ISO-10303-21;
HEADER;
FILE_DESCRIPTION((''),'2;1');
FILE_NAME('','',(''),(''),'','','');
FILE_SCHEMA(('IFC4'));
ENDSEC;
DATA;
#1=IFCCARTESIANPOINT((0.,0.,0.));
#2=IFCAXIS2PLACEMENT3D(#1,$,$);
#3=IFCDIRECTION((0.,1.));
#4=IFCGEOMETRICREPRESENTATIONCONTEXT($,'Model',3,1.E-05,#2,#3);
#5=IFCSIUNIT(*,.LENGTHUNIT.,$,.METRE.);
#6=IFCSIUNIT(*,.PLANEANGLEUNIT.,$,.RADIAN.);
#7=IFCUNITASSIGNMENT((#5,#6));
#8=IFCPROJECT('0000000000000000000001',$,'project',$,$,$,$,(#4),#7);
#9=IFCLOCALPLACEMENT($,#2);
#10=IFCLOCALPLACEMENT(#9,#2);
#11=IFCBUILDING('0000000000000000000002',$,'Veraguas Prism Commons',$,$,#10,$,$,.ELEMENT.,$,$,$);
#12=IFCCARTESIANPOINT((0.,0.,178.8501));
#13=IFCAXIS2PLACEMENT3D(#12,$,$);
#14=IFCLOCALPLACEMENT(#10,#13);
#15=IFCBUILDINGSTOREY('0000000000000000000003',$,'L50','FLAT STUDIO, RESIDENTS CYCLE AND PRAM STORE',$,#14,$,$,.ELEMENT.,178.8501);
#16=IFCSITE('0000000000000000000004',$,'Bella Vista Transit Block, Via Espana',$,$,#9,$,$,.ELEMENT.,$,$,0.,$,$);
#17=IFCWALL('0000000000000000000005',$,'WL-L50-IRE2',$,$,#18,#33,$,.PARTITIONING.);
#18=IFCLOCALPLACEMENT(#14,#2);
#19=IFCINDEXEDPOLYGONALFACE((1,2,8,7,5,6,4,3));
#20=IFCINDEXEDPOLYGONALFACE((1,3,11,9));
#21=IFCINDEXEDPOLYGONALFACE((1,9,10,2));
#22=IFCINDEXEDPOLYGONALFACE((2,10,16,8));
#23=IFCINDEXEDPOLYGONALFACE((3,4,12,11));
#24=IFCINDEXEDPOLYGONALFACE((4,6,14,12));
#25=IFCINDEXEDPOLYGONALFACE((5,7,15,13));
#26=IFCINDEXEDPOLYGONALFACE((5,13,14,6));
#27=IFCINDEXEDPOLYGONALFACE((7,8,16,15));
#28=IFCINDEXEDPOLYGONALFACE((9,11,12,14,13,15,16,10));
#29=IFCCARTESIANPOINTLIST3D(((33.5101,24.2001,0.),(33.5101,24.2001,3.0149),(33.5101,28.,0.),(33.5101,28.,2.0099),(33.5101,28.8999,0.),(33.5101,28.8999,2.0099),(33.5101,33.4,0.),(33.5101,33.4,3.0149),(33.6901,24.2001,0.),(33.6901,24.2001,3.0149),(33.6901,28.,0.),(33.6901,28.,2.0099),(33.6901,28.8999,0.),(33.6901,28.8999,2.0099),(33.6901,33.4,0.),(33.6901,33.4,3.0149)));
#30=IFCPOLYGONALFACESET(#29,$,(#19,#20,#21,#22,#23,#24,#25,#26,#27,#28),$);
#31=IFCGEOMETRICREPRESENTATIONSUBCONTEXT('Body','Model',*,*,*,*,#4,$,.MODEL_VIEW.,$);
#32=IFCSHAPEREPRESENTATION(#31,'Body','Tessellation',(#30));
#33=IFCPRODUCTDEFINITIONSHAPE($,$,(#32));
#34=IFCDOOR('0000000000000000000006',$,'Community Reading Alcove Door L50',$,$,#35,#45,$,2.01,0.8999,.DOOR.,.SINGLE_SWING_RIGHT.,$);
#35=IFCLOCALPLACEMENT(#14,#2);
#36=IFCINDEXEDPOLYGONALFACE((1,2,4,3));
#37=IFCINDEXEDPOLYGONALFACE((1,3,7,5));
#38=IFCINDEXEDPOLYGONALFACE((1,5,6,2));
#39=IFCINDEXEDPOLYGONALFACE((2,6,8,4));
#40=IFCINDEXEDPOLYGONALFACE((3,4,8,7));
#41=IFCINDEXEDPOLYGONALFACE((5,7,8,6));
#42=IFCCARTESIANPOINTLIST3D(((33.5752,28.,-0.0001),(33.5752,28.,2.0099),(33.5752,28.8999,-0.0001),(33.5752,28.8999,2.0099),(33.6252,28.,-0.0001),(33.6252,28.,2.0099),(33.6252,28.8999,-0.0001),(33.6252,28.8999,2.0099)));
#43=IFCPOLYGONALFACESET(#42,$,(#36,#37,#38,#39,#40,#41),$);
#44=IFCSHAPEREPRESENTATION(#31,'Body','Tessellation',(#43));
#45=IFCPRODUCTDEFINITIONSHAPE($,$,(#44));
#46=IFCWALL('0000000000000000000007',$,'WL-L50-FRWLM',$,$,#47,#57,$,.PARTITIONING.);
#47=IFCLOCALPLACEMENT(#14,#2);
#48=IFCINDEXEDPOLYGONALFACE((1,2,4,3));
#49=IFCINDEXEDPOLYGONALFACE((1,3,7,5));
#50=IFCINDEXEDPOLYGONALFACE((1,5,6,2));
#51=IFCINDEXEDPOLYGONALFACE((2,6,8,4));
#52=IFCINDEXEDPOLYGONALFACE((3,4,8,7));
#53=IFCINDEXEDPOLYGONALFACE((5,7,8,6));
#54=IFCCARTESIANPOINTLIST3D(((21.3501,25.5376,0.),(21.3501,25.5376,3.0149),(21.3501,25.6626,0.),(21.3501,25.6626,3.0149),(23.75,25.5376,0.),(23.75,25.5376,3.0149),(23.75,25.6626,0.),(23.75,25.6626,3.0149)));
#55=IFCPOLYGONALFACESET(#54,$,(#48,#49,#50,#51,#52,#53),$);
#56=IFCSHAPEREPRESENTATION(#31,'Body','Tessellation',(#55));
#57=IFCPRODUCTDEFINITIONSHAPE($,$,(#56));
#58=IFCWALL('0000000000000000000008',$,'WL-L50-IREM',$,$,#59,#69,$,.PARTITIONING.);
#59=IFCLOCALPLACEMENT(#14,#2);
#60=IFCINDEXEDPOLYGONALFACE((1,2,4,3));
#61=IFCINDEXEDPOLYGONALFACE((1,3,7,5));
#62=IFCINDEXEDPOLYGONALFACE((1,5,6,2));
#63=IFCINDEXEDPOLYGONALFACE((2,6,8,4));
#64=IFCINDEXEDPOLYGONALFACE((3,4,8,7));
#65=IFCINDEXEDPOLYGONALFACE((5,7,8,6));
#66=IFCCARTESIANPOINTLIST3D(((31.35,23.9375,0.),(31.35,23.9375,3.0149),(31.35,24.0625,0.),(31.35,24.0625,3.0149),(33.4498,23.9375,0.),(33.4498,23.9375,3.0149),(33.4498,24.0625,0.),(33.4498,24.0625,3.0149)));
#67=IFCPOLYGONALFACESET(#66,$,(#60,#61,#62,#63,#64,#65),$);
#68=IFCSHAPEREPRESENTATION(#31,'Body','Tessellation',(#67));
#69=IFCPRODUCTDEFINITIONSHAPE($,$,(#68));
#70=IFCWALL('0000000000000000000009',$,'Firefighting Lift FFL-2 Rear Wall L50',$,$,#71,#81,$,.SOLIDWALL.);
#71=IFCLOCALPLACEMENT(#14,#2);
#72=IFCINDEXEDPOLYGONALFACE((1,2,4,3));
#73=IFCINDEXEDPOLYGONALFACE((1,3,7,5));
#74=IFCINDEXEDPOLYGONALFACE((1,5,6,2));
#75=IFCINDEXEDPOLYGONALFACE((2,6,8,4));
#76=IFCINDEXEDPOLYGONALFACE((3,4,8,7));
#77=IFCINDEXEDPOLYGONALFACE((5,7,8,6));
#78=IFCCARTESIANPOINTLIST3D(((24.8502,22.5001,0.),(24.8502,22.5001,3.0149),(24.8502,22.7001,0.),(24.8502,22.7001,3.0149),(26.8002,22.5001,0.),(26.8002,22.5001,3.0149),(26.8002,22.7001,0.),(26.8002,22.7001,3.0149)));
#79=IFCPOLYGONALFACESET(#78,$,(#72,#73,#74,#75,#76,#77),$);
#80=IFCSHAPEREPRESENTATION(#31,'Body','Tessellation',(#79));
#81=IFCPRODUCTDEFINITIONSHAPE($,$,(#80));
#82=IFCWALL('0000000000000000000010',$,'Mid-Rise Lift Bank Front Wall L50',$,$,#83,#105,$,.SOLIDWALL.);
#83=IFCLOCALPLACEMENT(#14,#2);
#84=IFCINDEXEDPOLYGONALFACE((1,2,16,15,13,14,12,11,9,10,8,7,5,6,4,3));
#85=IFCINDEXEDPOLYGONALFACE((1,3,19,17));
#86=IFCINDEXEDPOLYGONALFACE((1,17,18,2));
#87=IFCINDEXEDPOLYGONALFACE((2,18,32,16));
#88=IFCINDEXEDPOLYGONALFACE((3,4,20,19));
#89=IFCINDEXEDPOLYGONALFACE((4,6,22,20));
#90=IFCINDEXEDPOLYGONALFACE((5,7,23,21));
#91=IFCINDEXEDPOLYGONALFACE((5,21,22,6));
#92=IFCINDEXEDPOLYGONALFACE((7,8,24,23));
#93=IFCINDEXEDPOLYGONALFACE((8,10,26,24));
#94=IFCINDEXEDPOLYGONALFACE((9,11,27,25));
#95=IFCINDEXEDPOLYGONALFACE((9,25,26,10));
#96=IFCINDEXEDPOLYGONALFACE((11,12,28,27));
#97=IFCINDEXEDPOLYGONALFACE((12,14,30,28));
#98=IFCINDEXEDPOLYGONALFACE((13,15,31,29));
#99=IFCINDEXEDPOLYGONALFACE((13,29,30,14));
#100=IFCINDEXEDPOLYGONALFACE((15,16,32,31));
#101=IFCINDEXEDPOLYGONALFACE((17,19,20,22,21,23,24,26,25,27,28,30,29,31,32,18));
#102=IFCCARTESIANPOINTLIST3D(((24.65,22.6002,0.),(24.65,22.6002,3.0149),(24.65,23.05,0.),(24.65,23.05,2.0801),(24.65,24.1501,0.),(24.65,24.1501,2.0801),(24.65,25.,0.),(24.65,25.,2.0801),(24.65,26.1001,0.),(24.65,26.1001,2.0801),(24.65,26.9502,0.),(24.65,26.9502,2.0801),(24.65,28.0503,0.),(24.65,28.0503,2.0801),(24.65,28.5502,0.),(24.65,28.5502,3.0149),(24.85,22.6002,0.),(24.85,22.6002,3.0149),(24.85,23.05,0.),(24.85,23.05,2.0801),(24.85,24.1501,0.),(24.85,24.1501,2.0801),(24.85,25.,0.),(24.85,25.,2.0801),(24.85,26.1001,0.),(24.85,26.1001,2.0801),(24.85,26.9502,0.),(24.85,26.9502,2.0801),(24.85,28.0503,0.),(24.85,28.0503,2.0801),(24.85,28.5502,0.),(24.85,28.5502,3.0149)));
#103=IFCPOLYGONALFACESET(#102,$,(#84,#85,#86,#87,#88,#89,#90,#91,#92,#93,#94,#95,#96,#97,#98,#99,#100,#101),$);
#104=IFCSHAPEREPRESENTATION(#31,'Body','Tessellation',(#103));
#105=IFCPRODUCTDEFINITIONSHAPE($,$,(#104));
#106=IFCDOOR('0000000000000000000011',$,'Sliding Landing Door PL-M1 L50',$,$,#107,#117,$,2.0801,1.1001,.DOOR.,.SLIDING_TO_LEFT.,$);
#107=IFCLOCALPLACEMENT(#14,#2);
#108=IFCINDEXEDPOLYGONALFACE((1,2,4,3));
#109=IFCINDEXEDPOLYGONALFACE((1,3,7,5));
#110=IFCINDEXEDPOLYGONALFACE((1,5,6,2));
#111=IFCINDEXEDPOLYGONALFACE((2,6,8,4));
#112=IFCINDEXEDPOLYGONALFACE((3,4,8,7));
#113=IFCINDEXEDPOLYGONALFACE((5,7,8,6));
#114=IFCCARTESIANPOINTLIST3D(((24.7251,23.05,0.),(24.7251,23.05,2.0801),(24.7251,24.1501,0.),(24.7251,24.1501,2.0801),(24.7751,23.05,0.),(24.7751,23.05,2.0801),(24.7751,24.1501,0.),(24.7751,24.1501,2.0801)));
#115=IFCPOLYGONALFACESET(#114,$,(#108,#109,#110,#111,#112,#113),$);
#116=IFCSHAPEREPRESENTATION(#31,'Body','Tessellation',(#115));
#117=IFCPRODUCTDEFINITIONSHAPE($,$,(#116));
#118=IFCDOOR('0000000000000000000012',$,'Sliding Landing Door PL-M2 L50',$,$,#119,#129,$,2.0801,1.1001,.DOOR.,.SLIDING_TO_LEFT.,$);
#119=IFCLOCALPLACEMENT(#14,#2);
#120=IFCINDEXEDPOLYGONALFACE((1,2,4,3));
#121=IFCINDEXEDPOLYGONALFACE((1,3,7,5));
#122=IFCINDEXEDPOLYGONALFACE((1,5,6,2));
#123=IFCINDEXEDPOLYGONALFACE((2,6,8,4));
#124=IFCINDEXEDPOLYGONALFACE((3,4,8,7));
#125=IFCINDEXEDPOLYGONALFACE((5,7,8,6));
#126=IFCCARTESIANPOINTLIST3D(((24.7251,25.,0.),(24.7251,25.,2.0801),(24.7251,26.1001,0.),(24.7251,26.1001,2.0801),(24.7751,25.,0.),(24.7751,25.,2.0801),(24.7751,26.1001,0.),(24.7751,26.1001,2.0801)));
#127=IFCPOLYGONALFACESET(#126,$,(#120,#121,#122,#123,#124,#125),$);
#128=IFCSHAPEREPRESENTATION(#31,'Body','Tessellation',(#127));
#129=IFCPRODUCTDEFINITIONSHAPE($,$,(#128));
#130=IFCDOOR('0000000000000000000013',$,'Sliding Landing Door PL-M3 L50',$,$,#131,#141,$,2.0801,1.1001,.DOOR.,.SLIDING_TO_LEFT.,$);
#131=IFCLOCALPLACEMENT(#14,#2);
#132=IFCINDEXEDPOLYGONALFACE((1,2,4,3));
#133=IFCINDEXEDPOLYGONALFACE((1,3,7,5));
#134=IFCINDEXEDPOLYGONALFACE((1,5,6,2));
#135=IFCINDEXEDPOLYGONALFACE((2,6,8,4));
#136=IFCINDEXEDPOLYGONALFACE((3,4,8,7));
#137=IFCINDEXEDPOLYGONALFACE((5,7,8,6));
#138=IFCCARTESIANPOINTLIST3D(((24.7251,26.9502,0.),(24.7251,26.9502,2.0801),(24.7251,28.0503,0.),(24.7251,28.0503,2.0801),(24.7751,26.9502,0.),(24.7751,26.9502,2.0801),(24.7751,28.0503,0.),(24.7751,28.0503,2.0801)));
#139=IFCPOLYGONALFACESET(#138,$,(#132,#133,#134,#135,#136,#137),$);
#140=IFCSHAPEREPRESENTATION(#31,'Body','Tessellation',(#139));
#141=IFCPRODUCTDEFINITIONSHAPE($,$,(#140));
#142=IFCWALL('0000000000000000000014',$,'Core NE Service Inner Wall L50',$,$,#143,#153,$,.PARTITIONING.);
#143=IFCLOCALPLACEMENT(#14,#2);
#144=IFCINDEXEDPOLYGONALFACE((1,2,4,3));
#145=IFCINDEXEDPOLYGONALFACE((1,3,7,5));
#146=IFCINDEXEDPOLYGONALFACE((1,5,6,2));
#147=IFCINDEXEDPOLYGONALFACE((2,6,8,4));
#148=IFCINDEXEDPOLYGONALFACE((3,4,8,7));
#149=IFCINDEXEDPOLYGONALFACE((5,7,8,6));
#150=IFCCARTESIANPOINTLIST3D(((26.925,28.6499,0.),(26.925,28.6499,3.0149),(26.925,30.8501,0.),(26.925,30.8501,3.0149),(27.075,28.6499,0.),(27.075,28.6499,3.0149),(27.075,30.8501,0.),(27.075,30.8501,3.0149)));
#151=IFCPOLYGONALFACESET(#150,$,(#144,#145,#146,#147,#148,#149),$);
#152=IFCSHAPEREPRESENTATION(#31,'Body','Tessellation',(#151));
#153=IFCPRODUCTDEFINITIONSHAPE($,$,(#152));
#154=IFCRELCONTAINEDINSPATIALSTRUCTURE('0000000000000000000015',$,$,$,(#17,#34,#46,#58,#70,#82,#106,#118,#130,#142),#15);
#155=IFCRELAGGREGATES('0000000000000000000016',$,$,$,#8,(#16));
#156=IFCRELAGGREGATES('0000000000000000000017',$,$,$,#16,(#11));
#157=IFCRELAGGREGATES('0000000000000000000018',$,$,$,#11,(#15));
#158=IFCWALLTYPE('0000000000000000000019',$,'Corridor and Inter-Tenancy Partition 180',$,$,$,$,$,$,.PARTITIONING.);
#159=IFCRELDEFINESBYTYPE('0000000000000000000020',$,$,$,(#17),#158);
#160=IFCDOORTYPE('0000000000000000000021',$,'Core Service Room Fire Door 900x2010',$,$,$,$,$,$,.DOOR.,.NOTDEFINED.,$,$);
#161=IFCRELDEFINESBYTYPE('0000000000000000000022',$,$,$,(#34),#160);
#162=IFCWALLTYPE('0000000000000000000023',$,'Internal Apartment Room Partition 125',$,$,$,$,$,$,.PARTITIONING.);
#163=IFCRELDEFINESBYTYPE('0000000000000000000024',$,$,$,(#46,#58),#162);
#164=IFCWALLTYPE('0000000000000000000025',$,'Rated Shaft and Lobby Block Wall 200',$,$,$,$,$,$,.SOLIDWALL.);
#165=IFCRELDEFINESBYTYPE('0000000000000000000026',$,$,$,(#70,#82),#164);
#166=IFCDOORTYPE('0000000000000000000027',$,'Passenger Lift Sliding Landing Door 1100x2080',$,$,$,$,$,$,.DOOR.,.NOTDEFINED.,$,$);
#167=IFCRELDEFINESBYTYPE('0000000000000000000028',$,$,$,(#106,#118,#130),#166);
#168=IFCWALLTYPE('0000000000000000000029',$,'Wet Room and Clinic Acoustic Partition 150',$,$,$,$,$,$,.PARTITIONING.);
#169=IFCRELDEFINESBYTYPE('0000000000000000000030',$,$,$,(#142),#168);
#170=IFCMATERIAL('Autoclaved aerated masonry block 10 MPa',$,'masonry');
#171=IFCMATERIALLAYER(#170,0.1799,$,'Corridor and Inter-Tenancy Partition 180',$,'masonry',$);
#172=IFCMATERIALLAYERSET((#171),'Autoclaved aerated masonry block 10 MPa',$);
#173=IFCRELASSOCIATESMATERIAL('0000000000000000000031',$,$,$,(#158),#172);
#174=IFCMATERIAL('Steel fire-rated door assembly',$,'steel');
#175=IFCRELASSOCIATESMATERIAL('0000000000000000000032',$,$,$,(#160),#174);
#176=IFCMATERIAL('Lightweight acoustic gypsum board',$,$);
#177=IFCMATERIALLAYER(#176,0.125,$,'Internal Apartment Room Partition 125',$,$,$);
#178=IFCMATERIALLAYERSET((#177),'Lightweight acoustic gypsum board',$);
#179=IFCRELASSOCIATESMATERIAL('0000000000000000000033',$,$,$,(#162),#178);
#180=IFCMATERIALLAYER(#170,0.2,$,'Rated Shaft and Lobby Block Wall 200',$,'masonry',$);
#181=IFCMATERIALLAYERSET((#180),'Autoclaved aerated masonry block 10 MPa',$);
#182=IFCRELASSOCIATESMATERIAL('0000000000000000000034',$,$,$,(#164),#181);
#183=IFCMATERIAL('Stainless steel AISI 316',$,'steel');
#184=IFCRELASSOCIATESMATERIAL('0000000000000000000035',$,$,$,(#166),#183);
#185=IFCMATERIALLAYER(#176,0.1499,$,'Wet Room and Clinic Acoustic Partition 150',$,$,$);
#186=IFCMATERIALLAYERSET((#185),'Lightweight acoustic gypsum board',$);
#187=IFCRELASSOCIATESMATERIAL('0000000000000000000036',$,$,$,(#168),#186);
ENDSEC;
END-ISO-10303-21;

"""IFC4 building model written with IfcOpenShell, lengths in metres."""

from ifc_helpers import new_model, si_unit, direction, frame, frame_2d, origin, place, context, subcontext, project, spatial, rectangle, extrude, source, transform, mapped, material, layer, layer_set, type_object, element, fill, save


model = new_model("IFC4")

# Units and contexts
model_context = context("Model", 3, precision=1e-05, world=origin(), true_north=direction((0.0, 1.0)))
body_context = subcontext(model_context, "Body", "Model", "MODEL_VIEW")
ifc_project = project(units=[si_unit("LENGTHUNIT", "METRE"), si_unit("PLANEANGLEUNIT", "RADIAN")], contexts=[model_context])

# Site, building, storey
site_placement = place(None, origin())
site = spatial("IfcSite", under=ifc_project, at=site_placement, Name="Bella Vista Transit Block, Via Espana", CompositionType="ELEMENT", RefElevation=0.0)
building_placement = place(site_placement, origin())
building = spatial("IfcBuilding", under=site, at=building_placement, Name="Veraguas Prism Commons", CompositionType="ELEMENT")
storey_placement = place(building_placement, frame((0.0, 0.0, 178.8501)))
storey = spatial("IfcBuildingStorey", under=building, at=storey_placement, Name="L50", Description="FLAT STUDIO, RESIDENTS CYCLE AND PRAM STORE", CompositionType="ELEMENT", Elevation=178.8501)

# Wall, opening, door
ifc_material_1 = material(Name="Steel fire-rated door assembly", Category="steel")
ifc_material_2 = material(Name="Autoclaved aerated masonry block 10 MPa", Category="masonry")
ifc_layer_1 = layer(ifc_material_2, 0.1799, Name="Corridor and Inter-Tenancy Partition 180", Category="masonry")
ifc_layer_set_1 = layer_set([ifc_layer_1], Name="Autoclaved aerated masonry block 10 MPa")
wall_type_1 = type_object("IfcWallType", Name="Corridor and Inter-Tenancy Partition 180", PredefinedType="PARTITIONING", material=ifc_layer_set_1)
door_type_1 = type_object("IfcDoorType", Name="Core Service Room Fire Door 900x2010", OperationType="NOTDEFINED", PredefinedType="DOOR", material=ifc_material_1)
shared_shape_1 = source(origin(), body_context, "Body", "SweptSolid", [
    extrude(rectangle(XDim=0.8999, YDim=2.01, at=frame_2d((0.45, 1.0049))), frame((0.0, 0.0249, 0.0), z_axis=(0.0, -1.0, 0.0), x_axis=(1.0, 0.0, 0.0)), (0.0, 0.0, 1.0), 0.05),
])
wall_1_placement = place(storey_placement, frame((33.6001, 24.2, 0.0), z_axis=(0.0, 0.0, 1.0), x_axis=(0.0, 1.0, 0.0)))
wall_1 = element("IfcWall", 1, at=wall_1_placement, inside=storey, type_object=wall_type_1, Name="WL-L50-IRE2", PredefinedType="PARTITIONING", context=body_context, shape_type="SweptSolid", body=[
    extrude(rectangle(XDim=9.2, YDim=0.1799, at=frame_2d((4.6001, 0.0))), origin(), (0.0, 0.0, 1.0), 3.0149),
])
opening_1_placement = place(wall_1_placement, frame((3.8, 0.0, 0.0)))
opening_1 = element("IfcOpeningElement", 2, at=opening_1_placement, cuts=wall_1, PredefinedType="OPENING", context=body_context, shape_type="SweptSolid", body=[
    extrude(rectangle(XDim=0.8999, YDim=2.01, at=frame_2d((0.45, 1.0049))), frame((0.0, 0.0999, 0.0), z_axis=(0.0, -1.0, 0.0), x_axis=(1.0, 0.0, 0.0)), (0.0, 0.0, 1.0), 0.2),
])
door_1_placement = place(opening_1_placement, origin())
door_1 = element("IfcDoor", 3, at=door_1_placement, inside=storey, type_object=door_type_1, Name="Community Reading Alcove Door L50", OperationType="SINGLE_SWING_RIGHT", OverallHeight=2.01, OverallWidth=0.8999, PredefinedType="DOOR", context=body_context, shape_type="MappedRepresentation", body=[
    mapped(shared_shape_1, transform((0.0, 0.0, 0.0), scale=1.0)),
])
fill(opening_1, door_1)

# Walls
ifc_material_3 = material(Name="Lightweight acoustic gypsum board")
ifc_layer_2 = layer(ifc_material_3, 0.125, Name="Internal Apartment Room Partition 125")
ifc_layer_set_2 = layer_set([ifc_layer_2], Name="Lightweight acoustic gypsum board")
wall_type_2 = type_object("IfcWallType", Name="Internal Apartment Room Partition 125", PredefinedType="PARTITIONING", material=ifc_layer_set_2)
wall_2_placement = place(storey_placement, frame((21.3501, 25.6001, 0.0), z_axis=(0.0, 0.0, 1.0), x_axis=(1.0, 0.0, 0.0)))
element("IfcWall", 4, at=wall_2_placement, inside=storey, type_object=wall_type_2, Name="WL-L50-FRWLM", PredefinedType="PARTITIONING", context=body_context, shape_type="SweptSolid", body=[
    extrude(rectangle(XDim=2.3999, YDim=0.125, at=frame_2d((1.2, 0.0))), origin(), (0.0, 0.0, 1.0), 3.0149),
])
wall_3_placement = place(storey_placement, frame((31.3501, 24.0, 0.0), z_axis=(0.0, 0.0, 1.0), x_axis=(1.0, 0.0, 0.0)))
element("IfcWall", 5, at=wall_3_placement, inside=storey, type_object=wall_type_2, Name="WL-L50-IREM", PredefinedType="PARTITIONING", context=body_context, shape_type="SweptSolid", body=[
    extrude(rectangle(XDim=2.0999, YDim=0.125, at=frame_2d((1.0498, 0.0))), origin(), (0.0, 0.0, 1.0), 3.0149),
])
ifc_layer_3 = layer(ifc_material_2, 0.2, Name="Rated Shaft and Lobby Block Wall 200", Category="masonry")
ifc_layer_set_3 = layer_set([ifc_layer_3], Name="Autoclaved aerated masonry block 10 MPa")
wall_type_3 = type_object("IfcWallType", Name="Rated Shaft and Lobby Block Wall 200", PredefinedType="SOLIDWALL", material=ifc_layer_set_3)
wall_4_placement = place(storey_placement, frame((24.8501, 22.6001, 0.0), z_axis=(0.0, 0.0, 1.0), x_axis=(1.0, 0.0, 0.0)))
element("IfcWall", 6, at=wall_4_placement, inside=storey, type_object=wall_type_3, Name="Firefighting Lift FFL-2 Rear Wall L50", PredefinedType="SOLIDWALL", context=body_context, shape_type="SweptSolid", body=[
    extrude(rectangle(XDim=1.95, YDim=0.2, at=frame_2d((0.9751, 0.0))), origin(), (0.0, 0.0, 1.0), 3.0149),
])

# Wall, openings, doors
wall_5_placement = place(storey_placement, frame((24.75, 22.6001, 0.0), z_axis=(0.0, 0.0, 1.0), x_axis=(0.0, 1.0, 0.0)))
wall_5 = element("IfcWall", 7, at=wall_5_placement, inside=storey, type_object=wall_type_3, Name="Mid-Rise Lift Bank Front Wall L50", PredefinedType="SOLIDWALL", context=body_context, shape_type="SweptSolid", body=[
    extrude(rectangle(XDim=5.95, YDim=0.2, at=frame_2d((2.9751, 0.0))), origin(), (0.0, 0.0, 1.0), 3.0149),
])
opening_2_placement = place(wall_5_placement, frame((0.45, 0.0, 0.0)))
opening_2 = element("IfcOpeningElement", 8, at=opening_2_placement, cuts=wall_5, PredefinedType="OPENING", context=body_context, shape_type="SweptSolid", body=[
    extrude(rectangle(XDim=1.1001, YDim=2.0801, at=frame_2d((0.55, 1.04))), frame((0.0, 0.1099, 0.0), z_axis=(0.0, -1.0, 0.0), x_axis=(1.0, 0.0, 0.0)), (0.0, 0.0, 1.0), 0.22),
])
opening_3_placement = place(wall_5_placement, frame((2.3999, 0.0, 0.0)))
opening_3 = element("IfcOpeningElement", 9, at=opening_3_placement, cuts=wall_5, PredefinedType="OPENING", context=body_context, shape_type="SweptSolid", body=[
    extrude(rectangle(XDim=1.1001, YDim=2.0801, at=frame_2d((0.55, 1.04))), frame((0.0, 0.1099, 0.0), z_axis=(0.0, -1.0, 0.0), x_axis=(1.0, 0.0, 0.0)), (0.0, 0.0, 1.0), 0.22),
])
opening_4_placement = place(wall_5_placement, frame((4.3501, 0.0, 0.0)))
opening_4 = element("IfcOpeningElement", 10, at=opening_4_placement, cuts=wall_5, PredefinedType="OPENING", context=body_context, shape_type="SweptSolid", body=[
    extrude(rectangle(XDim=1.1001, YDim=2.0801, at=frame_2d((0.55, 1.04))), frame((0.0, 0.1099, 0.0), z_axis=(0.0, -1.0, 0.0), x_axis=(1.0, 0.0, 0.0)), (0.0, 0.0, 1.0), 0.22),
])
ifc_material_4 = material(Name="Stainless steel AISI 316", Category="steel")
door_type_2 = type_object("IfcDoorType", Name="Passenger Lift Sliding Landing Door 1100x2080", OperationType="NOTDEFINED", PredefinedType="DOOR", material=ifc_material_4)
shared_shape_2 = source(origin(), body_context, "Body", "SweptSolid", [
    extrude(rectangle(XDim=1.1001, YDim=2.0801, at=frame_2d((0.55, 1.04))), frame((0.0, 0.0249, 0.0), z_axis=(0.0, -1.0, 0.0), x_axis=(1.0, 0.0, 0.0)), (0.0, 0.0, 1.0), 0.05),
])
door_2_placement = place(opening_2_placement, origin())
door_2 = element("IfcDoor", 11, at=door_2_placement, inside=storey, type_object=door_type_2, Name="Sliding Landing Door PL-M1 L50", OperationType="SLIDING_TO_LEFT", OverallHeight=2.0801, OverallWidth=1.1001, PredefinedType="DOOR", context=body_context, shape_type="MappedRepresentation", body=[
    mapped(shared_shape_2, transform((0.0, 0.0, 0.0), scale=1.0)),
])
fill(opening_2, door_2)
door_3_placement = place(opening_3_placement, origin())
door_3 = element("IfcDoor", 12, at=door_3_placement, inside=storey, type_object=door_type_2, Name="Sliding Landing Door PL-M2 L50", OperationType="SLIDING_TO_LEFT", OverallHeight=2.0801, OverallWidth=1.1001, PredefinedType="DOOR", context=body_context, shape_type="MappedRepresentation", body=[
    mapped(shared_shape_2, transform((0.0, 0.0, 0.0), scale=1.0)),
])
fill(opening_3, door_3)
door_4_placement = place(opening_4_placement, origin())
door_4 = element("IfcDoor", 13, at=door_4_placement, inside=storey, type_object=door_type_2, Name="Sliding Landing Door PL-M3 L50", OperationType="SLIDING_TO_LEFT", OverallHeight=2.0801, OverallWidth=1.1001, PredefinedType="DOOR", context=body_context, shape_type="MappedRepresentation", body=[
    mapped(shared_shape_2, transform((0.0, 0.0, 0.0), scale=1.0)),
])
fill(opening_4, door_4)

# Wall
ifc_layer_4 = layer(ifc_material_3, 0.1499, Name="Wet Room and Clinic Acoustic Partition 150")
ifc_layer_set_4 = layer_set([ifc_layer_4], Name="Lightweight acoustic gypsum board")
wall_type_4 = type_object("IfcWallType", Name="Wet Room and Clinic Acoustic Partition 150", PredefinedType="PARTITIONING", material=ifc_layer_set_4)
wall_6_placement = place(storey_placement, frame((27.0, 28.6499, 0.0), z_axis=(0.0, 0.0, 1.0), x_axis=(0.0, 1.0, 0.0)))
element("IfcWall", 14, at=wall_6_placement, inside=storey, type_object=wall_type_4, Name="Core NE Service Inner Wall L50", PredefinedType="PARTITIONING", context=body_context, shape_type="SweptSolid", body=[
    extrude(rectangle(XDim=2.2002, YDim=0.1499, at=frame_2d((1.1001, 0.0))), origin(), (0.0, 0.0, 1.0), 3.0149),
])

save(model, "model.ifc")
